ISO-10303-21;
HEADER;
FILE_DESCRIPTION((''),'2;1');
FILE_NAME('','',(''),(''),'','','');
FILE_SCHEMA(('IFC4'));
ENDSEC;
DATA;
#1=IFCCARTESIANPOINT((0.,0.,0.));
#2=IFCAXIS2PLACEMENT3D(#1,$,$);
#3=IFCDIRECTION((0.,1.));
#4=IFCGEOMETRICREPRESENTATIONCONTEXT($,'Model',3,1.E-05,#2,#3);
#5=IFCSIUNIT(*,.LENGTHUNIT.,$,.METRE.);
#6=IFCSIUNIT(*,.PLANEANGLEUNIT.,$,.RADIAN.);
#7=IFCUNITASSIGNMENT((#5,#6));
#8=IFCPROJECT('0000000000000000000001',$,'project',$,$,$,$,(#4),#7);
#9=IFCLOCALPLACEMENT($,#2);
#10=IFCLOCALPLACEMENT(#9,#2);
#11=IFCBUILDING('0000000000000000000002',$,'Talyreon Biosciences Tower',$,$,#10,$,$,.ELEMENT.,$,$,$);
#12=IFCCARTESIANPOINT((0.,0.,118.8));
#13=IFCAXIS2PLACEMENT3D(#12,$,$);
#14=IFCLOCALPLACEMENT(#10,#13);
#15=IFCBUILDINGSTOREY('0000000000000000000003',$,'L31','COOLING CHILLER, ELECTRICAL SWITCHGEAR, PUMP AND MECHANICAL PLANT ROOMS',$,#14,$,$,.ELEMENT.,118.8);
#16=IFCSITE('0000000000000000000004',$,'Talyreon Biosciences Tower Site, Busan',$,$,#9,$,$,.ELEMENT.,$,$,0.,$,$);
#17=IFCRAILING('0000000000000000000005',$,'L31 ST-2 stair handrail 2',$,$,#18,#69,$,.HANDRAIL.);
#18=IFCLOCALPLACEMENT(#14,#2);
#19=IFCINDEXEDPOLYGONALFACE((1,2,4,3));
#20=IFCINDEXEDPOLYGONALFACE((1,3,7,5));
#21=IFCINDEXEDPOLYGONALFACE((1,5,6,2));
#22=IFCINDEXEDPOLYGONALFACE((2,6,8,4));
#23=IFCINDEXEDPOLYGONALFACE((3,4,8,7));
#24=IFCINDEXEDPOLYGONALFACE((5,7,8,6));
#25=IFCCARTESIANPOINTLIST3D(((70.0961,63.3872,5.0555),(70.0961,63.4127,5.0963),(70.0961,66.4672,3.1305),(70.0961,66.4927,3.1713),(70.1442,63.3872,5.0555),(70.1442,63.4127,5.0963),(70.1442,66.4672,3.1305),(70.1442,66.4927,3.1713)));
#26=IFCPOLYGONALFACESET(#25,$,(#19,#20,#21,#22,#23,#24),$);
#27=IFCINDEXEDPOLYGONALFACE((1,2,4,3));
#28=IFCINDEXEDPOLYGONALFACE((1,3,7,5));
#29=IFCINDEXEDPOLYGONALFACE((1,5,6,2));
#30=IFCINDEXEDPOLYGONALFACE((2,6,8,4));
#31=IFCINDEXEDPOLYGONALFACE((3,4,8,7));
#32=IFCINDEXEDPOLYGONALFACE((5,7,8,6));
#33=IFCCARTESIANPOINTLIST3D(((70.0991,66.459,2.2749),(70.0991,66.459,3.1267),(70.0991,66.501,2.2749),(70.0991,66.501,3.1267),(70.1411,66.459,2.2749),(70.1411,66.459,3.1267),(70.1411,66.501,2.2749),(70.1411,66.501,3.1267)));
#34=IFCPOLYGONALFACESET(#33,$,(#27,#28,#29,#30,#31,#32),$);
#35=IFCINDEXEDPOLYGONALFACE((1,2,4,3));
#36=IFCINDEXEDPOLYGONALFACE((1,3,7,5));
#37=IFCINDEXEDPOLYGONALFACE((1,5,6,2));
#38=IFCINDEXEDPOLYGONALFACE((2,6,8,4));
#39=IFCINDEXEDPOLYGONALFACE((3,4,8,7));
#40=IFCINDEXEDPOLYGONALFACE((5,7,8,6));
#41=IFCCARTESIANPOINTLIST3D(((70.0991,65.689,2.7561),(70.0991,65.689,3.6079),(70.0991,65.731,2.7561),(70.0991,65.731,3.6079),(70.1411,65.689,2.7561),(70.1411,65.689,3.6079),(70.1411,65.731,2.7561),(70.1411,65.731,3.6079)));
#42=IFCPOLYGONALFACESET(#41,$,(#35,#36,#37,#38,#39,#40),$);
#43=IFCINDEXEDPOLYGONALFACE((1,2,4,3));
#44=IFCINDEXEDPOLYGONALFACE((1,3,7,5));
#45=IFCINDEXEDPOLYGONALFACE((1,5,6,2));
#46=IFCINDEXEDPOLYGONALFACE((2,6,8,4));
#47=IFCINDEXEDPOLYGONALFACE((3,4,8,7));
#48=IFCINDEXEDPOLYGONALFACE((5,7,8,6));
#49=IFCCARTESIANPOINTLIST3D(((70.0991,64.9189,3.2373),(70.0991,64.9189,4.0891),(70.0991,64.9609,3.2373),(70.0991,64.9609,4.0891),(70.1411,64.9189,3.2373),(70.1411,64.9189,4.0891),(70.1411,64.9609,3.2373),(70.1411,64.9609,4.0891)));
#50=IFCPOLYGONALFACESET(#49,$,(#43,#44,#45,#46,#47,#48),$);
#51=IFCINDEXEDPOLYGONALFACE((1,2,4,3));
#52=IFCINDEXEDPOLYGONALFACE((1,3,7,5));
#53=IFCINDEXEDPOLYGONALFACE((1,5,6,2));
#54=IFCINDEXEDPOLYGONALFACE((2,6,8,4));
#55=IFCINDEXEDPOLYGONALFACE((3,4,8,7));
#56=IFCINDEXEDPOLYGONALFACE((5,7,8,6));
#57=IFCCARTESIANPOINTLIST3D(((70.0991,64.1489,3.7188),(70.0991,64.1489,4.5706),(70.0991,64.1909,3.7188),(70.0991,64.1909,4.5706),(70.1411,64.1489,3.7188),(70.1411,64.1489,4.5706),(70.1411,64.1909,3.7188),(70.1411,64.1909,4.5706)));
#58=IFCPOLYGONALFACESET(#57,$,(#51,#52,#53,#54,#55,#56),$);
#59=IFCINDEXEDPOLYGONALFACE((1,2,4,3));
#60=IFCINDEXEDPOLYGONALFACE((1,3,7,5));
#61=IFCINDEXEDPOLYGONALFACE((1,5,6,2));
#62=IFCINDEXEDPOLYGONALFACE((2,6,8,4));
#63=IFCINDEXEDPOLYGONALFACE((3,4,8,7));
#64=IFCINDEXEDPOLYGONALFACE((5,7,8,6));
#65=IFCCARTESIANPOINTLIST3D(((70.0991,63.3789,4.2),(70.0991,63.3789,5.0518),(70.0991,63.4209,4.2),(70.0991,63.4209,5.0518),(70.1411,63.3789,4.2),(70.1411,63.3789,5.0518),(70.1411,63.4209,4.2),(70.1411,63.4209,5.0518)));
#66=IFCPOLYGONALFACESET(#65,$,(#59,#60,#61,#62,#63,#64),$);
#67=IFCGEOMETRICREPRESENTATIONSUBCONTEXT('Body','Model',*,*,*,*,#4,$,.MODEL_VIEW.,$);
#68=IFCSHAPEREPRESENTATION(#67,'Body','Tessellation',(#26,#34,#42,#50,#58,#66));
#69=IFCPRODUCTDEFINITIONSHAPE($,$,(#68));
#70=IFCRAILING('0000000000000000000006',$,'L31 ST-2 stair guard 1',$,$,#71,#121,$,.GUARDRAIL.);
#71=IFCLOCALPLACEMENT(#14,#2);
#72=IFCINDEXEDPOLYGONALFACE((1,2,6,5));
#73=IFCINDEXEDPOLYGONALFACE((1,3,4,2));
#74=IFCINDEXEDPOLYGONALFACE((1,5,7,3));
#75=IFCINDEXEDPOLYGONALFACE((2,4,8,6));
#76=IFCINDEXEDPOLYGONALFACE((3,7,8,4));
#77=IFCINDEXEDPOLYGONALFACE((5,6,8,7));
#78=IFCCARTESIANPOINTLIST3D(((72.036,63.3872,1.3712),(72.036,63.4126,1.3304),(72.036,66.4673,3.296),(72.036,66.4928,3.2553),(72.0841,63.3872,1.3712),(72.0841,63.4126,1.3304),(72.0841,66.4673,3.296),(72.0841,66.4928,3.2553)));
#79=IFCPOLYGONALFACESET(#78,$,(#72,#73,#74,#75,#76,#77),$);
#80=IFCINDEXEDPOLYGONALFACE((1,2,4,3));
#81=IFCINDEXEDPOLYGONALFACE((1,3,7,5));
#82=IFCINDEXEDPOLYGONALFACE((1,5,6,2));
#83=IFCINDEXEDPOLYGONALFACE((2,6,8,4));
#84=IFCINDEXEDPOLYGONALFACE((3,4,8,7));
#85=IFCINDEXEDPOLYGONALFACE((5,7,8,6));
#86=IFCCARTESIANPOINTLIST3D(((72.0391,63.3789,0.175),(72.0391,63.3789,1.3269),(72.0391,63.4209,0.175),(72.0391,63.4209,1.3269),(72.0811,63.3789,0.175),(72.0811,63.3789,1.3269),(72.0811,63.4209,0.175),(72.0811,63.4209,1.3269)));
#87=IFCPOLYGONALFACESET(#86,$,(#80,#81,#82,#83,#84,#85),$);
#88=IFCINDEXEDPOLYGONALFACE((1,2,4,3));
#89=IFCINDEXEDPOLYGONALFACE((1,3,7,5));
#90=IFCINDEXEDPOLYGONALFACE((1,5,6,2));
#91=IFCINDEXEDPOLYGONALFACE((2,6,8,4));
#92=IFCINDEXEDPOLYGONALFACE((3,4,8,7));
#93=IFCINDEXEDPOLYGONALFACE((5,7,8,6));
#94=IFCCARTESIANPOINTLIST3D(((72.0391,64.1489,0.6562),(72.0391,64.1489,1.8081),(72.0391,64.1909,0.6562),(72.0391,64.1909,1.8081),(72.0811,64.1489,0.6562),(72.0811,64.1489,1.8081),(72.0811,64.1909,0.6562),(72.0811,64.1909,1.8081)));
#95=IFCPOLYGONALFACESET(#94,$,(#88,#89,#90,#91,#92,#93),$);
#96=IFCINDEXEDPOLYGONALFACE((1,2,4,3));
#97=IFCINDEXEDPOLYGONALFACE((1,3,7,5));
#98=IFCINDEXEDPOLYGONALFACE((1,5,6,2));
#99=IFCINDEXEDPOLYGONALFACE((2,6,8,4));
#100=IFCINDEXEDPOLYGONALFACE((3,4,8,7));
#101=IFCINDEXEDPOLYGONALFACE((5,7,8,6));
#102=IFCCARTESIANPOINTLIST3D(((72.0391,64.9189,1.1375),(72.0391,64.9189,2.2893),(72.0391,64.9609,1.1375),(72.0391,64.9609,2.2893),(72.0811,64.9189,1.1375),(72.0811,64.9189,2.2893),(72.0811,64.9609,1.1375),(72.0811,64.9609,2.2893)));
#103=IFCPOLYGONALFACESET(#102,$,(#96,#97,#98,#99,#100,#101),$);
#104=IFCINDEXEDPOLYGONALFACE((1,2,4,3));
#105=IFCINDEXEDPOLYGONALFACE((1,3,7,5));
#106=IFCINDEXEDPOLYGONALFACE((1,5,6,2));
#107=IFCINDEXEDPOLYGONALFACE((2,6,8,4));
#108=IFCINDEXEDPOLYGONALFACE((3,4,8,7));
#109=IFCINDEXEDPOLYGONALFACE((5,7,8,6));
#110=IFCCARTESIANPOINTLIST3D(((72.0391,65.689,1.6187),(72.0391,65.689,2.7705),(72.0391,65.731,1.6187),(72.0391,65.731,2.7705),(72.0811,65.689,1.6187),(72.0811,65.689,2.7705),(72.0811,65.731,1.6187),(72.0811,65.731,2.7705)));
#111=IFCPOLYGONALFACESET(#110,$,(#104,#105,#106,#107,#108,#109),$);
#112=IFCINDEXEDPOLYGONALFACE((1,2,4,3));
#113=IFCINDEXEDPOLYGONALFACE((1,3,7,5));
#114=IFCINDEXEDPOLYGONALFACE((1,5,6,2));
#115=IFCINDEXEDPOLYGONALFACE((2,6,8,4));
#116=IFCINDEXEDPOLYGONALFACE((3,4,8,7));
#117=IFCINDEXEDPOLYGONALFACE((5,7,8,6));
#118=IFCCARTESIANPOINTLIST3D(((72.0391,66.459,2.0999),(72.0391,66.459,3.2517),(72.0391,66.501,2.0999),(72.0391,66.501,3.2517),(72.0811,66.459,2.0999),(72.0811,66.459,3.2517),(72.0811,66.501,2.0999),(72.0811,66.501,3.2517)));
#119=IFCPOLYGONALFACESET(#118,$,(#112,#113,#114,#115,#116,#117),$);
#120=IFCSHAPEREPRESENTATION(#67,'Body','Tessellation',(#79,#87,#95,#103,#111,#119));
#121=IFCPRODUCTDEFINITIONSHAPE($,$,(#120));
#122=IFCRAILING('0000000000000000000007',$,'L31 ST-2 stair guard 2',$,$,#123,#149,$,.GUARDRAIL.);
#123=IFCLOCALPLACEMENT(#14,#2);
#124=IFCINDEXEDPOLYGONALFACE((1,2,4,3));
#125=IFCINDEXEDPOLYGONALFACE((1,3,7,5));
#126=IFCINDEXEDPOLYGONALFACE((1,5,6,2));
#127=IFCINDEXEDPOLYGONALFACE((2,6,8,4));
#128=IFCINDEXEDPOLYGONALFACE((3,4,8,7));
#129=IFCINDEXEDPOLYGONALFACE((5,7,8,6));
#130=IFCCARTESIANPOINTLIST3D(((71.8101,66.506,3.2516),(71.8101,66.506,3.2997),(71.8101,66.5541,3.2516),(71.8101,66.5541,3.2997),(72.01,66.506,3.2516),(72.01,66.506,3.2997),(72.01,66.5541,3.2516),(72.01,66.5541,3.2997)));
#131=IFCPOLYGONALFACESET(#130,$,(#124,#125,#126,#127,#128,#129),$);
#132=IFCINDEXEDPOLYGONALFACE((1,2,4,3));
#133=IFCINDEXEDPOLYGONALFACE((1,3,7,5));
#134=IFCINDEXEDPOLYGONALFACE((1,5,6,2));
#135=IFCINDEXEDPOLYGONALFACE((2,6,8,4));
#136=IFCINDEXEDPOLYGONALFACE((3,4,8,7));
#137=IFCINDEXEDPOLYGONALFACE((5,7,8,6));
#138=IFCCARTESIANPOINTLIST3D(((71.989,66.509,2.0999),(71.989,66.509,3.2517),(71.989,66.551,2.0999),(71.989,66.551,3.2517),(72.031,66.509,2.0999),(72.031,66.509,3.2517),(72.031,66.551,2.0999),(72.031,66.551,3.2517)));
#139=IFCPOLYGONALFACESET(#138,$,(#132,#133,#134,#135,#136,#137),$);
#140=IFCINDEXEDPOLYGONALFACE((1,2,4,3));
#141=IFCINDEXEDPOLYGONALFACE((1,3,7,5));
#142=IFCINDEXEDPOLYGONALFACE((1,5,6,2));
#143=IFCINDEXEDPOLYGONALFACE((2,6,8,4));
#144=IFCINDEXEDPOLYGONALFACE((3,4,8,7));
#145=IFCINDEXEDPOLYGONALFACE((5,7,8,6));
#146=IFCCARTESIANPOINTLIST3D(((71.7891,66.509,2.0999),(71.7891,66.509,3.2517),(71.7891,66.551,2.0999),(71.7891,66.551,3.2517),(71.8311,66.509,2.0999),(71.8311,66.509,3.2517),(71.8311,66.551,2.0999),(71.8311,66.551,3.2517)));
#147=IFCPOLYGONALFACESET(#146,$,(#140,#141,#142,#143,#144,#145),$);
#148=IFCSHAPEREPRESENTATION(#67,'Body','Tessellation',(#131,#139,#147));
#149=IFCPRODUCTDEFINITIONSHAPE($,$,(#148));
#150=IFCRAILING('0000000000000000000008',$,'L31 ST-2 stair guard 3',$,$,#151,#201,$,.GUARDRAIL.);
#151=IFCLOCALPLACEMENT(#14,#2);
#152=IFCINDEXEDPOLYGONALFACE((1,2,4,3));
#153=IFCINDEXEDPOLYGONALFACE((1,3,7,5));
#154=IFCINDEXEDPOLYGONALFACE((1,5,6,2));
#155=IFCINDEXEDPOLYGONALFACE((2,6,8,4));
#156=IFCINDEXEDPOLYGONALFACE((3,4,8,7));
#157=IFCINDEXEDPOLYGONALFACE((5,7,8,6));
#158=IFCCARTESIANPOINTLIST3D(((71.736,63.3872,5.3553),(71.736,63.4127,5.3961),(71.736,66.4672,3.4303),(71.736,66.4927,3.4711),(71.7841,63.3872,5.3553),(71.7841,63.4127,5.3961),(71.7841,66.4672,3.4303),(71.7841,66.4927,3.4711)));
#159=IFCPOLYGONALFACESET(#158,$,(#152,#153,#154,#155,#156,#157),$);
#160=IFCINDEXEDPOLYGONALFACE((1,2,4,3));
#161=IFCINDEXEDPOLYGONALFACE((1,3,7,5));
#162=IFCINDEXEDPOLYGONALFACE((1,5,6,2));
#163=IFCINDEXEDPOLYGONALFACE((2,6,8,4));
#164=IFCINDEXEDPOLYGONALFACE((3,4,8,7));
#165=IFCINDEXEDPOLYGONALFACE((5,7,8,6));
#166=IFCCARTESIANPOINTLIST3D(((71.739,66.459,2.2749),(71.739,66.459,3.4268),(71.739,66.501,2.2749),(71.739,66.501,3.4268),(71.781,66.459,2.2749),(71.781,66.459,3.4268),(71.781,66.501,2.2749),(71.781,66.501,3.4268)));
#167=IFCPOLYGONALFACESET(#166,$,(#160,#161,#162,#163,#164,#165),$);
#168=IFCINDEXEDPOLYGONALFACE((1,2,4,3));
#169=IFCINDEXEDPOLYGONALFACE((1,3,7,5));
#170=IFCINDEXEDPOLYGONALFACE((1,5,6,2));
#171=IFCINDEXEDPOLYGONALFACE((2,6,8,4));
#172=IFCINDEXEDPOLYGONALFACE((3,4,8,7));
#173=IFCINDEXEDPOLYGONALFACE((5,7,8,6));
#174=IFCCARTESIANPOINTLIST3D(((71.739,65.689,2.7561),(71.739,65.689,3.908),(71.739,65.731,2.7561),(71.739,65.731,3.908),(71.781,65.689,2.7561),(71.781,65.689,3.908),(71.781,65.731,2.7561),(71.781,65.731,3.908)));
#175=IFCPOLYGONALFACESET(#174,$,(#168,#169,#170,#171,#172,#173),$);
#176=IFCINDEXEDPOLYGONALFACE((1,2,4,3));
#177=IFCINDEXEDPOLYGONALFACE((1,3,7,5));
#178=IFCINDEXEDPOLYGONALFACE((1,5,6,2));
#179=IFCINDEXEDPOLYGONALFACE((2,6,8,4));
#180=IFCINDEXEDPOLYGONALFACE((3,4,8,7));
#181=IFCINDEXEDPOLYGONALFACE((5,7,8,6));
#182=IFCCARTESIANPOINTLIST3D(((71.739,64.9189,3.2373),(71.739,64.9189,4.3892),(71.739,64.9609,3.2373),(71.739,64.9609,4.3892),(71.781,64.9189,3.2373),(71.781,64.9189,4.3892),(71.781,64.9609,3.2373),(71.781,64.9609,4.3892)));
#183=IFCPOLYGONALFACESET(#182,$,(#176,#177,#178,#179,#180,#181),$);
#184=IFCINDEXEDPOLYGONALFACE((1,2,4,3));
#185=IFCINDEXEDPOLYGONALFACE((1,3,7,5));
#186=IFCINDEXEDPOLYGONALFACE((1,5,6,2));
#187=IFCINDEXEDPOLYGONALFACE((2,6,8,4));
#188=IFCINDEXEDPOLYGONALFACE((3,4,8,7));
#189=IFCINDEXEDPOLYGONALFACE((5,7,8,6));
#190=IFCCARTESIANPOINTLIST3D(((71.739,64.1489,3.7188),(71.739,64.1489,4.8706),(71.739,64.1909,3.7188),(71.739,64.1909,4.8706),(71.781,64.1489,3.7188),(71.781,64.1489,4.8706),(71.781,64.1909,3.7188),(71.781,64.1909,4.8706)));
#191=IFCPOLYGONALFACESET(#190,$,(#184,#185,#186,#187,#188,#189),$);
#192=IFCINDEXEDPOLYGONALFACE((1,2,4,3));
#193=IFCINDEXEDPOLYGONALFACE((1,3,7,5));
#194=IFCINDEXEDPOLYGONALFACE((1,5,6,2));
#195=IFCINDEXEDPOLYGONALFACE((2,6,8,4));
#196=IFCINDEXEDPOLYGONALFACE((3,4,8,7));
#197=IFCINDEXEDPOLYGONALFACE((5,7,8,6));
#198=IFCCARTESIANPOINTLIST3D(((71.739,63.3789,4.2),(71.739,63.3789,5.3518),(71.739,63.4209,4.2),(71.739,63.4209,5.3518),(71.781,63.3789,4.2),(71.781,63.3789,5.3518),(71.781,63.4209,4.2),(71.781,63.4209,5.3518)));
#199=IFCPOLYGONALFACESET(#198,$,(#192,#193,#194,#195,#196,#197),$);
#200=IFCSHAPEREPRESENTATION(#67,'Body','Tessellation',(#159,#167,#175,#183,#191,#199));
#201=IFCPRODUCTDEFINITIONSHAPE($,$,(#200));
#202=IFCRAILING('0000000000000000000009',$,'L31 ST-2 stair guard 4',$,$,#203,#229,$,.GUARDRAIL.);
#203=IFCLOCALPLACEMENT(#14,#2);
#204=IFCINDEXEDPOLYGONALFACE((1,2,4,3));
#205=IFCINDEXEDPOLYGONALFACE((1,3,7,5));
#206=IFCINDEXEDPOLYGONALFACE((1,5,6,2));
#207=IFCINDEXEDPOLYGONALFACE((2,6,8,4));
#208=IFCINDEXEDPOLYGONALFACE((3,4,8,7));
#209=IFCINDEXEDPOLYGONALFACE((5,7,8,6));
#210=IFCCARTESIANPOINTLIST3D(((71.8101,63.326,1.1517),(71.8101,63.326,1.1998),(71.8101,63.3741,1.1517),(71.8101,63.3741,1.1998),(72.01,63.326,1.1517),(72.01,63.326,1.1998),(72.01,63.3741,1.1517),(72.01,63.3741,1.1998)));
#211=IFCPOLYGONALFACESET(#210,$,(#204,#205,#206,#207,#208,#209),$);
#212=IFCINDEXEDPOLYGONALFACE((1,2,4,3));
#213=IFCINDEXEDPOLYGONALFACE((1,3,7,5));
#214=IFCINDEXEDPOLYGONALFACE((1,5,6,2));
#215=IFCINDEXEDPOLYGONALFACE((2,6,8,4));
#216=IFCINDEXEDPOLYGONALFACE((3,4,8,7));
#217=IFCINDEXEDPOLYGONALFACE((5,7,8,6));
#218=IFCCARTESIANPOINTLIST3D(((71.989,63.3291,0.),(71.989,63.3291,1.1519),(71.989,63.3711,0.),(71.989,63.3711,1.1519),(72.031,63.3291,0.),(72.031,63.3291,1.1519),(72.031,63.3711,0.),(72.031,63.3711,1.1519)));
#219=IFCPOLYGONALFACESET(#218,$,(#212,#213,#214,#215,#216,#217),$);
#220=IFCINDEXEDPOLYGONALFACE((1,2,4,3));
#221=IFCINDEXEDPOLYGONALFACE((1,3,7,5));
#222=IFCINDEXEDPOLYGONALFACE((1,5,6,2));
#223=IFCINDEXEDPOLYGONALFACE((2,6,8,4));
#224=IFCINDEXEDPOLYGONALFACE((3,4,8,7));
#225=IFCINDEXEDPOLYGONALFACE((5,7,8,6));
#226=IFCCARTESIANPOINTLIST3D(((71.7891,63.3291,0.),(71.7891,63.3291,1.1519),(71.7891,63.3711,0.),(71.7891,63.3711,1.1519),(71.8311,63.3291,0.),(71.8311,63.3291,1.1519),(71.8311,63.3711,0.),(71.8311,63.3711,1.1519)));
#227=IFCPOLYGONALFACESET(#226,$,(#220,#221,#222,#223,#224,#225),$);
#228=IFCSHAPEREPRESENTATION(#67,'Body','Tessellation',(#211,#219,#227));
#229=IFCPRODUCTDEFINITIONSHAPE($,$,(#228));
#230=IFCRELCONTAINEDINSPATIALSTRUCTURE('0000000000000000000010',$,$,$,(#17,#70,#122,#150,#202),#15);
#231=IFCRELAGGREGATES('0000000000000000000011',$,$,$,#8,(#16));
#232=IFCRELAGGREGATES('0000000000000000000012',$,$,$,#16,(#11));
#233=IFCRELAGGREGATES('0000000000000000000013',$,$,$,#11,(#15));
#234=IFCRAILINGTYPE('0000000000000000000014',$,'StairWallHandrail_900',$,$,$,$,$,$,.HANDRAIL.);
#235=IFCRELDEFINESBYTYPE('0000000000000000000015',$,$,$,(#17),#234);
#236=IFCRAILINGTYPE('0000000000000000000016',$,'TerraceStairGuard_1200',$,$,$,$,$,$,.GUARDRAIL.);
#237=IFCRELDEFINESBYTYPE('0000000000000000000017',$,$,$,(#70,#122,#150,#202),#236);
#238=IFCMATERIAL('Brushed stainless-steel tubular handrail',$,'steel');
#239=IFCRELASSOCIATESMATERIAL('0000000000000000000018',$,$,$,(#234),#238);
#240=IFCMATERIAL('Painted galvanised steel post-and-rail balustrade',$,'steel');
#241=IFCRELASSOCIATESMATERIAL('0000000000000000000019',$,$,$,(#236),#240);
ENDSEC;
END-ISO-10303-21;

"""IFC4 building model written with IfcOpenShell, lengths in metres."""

from ifc_helpers import new_model, si_unit, direction, frame, origin, origin_2d, place, context, subcontext, project, spatial, rectangle, extrude, material, type_object, element, save


model = new_model("IFC4")

# Units and contexts
model_context = context("Model", 3, precision=1e-05, world=origin(), true_north=direction((0.0, 1.0)))
body_context = subcontext(model_context, "Body", "Model", "MODEL_VIEW")
ifc_project = project(units=[si_unit("LENGTHUNIT", "METRE"), si_unit("PLANEANGLEUNIT", "RADIAN")], contexts=[model_context])

# Site, building, storey
site_placement = place(None, origin())
site = spatial("IfcSite", under=ifc_project, at=site_placement, Name="Talyreon Biosciences Tower Site, Busan", CompositionType="ELEMENT", RefElevation=0.0)
building_placement = place(site_placement, origin())
building = spatial("IfcBuilding", under=site, at=building_placement, Name="Talyreon Biosciences Tower", CompositionType="ELEMENT")
storey_placement = place(building_placement, frame((0.0, 0.0, 118.8)))
storey = spatial("IfcBuildingStorey", under=building, at=storey_placement, Name="L31", Description="COOLING CHILLER, ELECTRICAL SWITCHGEAR, PUMP AND MECHANICAL PLANT ROOMS", CompositionType="ELEMENT", Elevation=118.8)

# Railings
ifc_material_1 = material(Name="Brushed stainless-steel tubular handrail", Category="steel")
railing_type_1 = type_object("IfcRailingType", Name="StairWallHandrail_900", PredefinedType="HANDRAIL", material=ifc_material_1)
railing_1_placement = place(storey_placement, frame((70.1201, 66.48, 2.2749)))
element("IfcRailing", 1, at=railing_1_placement, inside=storey, type_object=railing_type_1, Name="L31 ST-2 stair handrail 2", PredefinedType="HANDRAIL", context=body_context, shape_type="SweptSolid", body=[
    extrude(rectangle(XDim=0.0481, YDim=0.0481, at=origin_2d()), frame((0.0, 0.0, 0.876), z_axis=(0.0, -0.847998, 0.529999), x_axis=(1.0, 0.0, 0.0)), (0.0, 0.0, 1.0), 3.6321),
    extrude(rectangle(XDim=0.042, YDim=0.042, at=origin_2d()), origin(), (0.0, 0.0, 1.0), 0.8518),
    extrude(rectangle(XDim=0.042, YDim=0.042, at=origin_2d()), frame((0.0, -0.77, 0.4812)), (0.0, 0.0, 1.0), 0.8518),
    extrude(rectangle(XDim=0.042, YDim=0.042, at=origin_2d()), frame((0.0, -1.54, 0.9624)), (0.0, 0.0, 1.0), 0.8518),
    extrude(rectangle(XDim=0.042, YDim=0.042, at=origin_2d()), frame((0.0, -2.3101, 1.4438)), (0.0, 0.0, 1.0), 0.8518),
    extrude(rectangle(XDim=0.042, YDim=0.042, at=origin_2d()), frame((0.0, -3.0801, 1.925)), (0.0, 0.0, 1.0), 0.8518),
])
ifc_material_2 = material(Name="Painted galvanised steel post-and-rail balustrade", Category="steel")
railing_type_2 = type_object("IfcRailingType", Name="TerraceStairGuard_1200", PredefinedType="GUARDRAIL", material=ifc_material_2)
railing_2_placement = place(storey_placement, frame((72.0601, 63.3999, 0.175)))
element("IfcRailing", 2, at=railing_2_placement, inside=storey, type_object=railing_type_2, Name="L31 ST-2 stair guard 1", PredefinedType="GUARDRAIL", context=body_context, shape_type="SweptSolid", body=[
    extrude(rectangle(XDim=0.0481, YDim=0.0481, at=origin_2d()), frame((0.0, 0.0, 1.1758), z_axis=(0.0, 0.848029, 0.529951), x_axis=(-1.0, 0.0, 0.0)), (0.0, 0.0, 1.0), 3.6321),
    extrude(rectangle(XDim=0.042, YDim=0.042, at=origin_2d()), origin(), (0.0, 0.0, 1.0), 1.1519),
    extrude(rectangle(XDim=0.042, YDim=0.042, at=origin_2d()), frame((0.0, 0.77, 0.4812)), (0.0, 0.0, 1.0), 1.1519),
    extrude(rectangle(XDim=0.042, YDim=0.042, at=origin_2d()), frame((0.0, 1.54, 0.9624)), (0.0, 0.0, 1.0), 1.1519),
    extrude(rectangle(XDim=0.042, YDim=0.042, at=origin_2d()), frame((0.0, 2.3101, 1.4436)), (0.0, 0.0, 1.0), 1.1519),
    extrude(rectangle(XDim=0.042, YDim=0.042, at=origin_2d()), frame((0.0, 3.0801, 1.9248)), (0.0, 0.0, 1.0), 1.1519),
])
railing_3_placement = place(storey_placement, frame((72.01, 66.53, 2.0999)))
element("IfcRailing", 3, at=railing_3_placement, inside=storey, type_object=railing_type_2, Name="L31 ST-2 stair guard 2", PredefinedType="GUARDRAIL", context=body_context, shape_type="SweptSolid", body=[
    extrude(rectangle(XDim=0.0481, YDim=0.0481, at=origin_2d()), frame((0.0, 0.0, 1.1758), z_axis=(-1.0, 0.0, 0.0), x_axis=(0.0, -1.0, 0.0)), (0.0, 0.0, 1.0), 0.2),
    extrude(rectangle(XDim=0.042, YDim=0.042, at=origin_2d()), origin(), (0.0, 0.0, 1.0), 1.1519),
    extrude(rectangle(XDim=0.042, YDim=0.042, at=origin_2d()), frame((-0.2, 0.0, 0.0)), (0.0, 0.0, 1.0), 1.1519),
])
railing_4_placement = place(storey_placement, frame((71.76, 66.48, 2.2749)))
element("IfcRailing", 4, at=railing_4_placement, inside=storey, type_object=railing_type_2, Name="L31 ST-2 stair guard 3", PredefinedType="GUARDRAIL", context=body_context, shape_type="SweptSolid", body=[
    extrude(rectangle(XDim=0.0481, YDim=0.0481, at=origin_2d()), frame((0.0, 0.0, 1.1758), z_axis=(0.0, -0.847998, 0.529999), x_axis=(1.0, 0.0, 0.0)), (0.0, 0.0, 1.0), 3.6321),
    extrude(rectangle(XDim=0.042, YDim=0.042, at=origin_2d()), origin(), (0.0, 0.0, 1.0), 1.1519),
    extrude(rectangle(XDim=0.042, YDim=0.042, at=origin_2d()), frame((0.0, -0.77, 0.4812)), (0.0, 0.0, 1.0), 1.1519),
    extrude(rectangle(XDim=0.042, YDim=0.042, at=origin_2d()), frame((0.0, -1.54, 0.9624)), (0.0, 0.0, 1.0), 1.1519),
    extrude(rectangle(XDim=0.042, YDim=0.042, at=origin_2d()), frame((0.0, -2.3101, 1.4438)), (0.0, 0.0, 1.0), 1.1519),
    extrude(rectangle(XDim=0.042, YDim=0.042, at=origin_2d()), frame((0.0, -3.0801, 1.925)), (0.0, 0.0, 1.0), 1.1519),
])
railing_5_placement = place(storey_placement, frame((72.01, 63.3501, 0.0)))
element("IfcRailing", 5, at=railing_5_placement, inside=storey, type_object=railing_type_2, Name="L31 ST-2 stair guard 4", PredefinedType="GUARDRAIL", context=body_context, shape_type="SweptSolid", body=[
    extrude(rectangle(XDim=0.0481, YDim=0.0481, at=origin_2d()), frame((0.0, 0.0, 1.1758), z_axis=(-1.0, 0.0, 0.0), x_axis=(0.0, -1.0, 0.0)), (0.0, 0.0, 1.0), 0.2),
    extrude(rectangle(XDim=0.042, YDim=0.042, at=origin_2d()), origin(), (0.0, 0.0, 1.0), 1.1519),
    extrude(rectangle(XDim=0.042, YDim=0.042, at=origin_2d()), frame((-0.2, 0.0, 0.0)), (0.0, 0.0, 1.0), 1.1519),
])

save(model, "model.ifc")
